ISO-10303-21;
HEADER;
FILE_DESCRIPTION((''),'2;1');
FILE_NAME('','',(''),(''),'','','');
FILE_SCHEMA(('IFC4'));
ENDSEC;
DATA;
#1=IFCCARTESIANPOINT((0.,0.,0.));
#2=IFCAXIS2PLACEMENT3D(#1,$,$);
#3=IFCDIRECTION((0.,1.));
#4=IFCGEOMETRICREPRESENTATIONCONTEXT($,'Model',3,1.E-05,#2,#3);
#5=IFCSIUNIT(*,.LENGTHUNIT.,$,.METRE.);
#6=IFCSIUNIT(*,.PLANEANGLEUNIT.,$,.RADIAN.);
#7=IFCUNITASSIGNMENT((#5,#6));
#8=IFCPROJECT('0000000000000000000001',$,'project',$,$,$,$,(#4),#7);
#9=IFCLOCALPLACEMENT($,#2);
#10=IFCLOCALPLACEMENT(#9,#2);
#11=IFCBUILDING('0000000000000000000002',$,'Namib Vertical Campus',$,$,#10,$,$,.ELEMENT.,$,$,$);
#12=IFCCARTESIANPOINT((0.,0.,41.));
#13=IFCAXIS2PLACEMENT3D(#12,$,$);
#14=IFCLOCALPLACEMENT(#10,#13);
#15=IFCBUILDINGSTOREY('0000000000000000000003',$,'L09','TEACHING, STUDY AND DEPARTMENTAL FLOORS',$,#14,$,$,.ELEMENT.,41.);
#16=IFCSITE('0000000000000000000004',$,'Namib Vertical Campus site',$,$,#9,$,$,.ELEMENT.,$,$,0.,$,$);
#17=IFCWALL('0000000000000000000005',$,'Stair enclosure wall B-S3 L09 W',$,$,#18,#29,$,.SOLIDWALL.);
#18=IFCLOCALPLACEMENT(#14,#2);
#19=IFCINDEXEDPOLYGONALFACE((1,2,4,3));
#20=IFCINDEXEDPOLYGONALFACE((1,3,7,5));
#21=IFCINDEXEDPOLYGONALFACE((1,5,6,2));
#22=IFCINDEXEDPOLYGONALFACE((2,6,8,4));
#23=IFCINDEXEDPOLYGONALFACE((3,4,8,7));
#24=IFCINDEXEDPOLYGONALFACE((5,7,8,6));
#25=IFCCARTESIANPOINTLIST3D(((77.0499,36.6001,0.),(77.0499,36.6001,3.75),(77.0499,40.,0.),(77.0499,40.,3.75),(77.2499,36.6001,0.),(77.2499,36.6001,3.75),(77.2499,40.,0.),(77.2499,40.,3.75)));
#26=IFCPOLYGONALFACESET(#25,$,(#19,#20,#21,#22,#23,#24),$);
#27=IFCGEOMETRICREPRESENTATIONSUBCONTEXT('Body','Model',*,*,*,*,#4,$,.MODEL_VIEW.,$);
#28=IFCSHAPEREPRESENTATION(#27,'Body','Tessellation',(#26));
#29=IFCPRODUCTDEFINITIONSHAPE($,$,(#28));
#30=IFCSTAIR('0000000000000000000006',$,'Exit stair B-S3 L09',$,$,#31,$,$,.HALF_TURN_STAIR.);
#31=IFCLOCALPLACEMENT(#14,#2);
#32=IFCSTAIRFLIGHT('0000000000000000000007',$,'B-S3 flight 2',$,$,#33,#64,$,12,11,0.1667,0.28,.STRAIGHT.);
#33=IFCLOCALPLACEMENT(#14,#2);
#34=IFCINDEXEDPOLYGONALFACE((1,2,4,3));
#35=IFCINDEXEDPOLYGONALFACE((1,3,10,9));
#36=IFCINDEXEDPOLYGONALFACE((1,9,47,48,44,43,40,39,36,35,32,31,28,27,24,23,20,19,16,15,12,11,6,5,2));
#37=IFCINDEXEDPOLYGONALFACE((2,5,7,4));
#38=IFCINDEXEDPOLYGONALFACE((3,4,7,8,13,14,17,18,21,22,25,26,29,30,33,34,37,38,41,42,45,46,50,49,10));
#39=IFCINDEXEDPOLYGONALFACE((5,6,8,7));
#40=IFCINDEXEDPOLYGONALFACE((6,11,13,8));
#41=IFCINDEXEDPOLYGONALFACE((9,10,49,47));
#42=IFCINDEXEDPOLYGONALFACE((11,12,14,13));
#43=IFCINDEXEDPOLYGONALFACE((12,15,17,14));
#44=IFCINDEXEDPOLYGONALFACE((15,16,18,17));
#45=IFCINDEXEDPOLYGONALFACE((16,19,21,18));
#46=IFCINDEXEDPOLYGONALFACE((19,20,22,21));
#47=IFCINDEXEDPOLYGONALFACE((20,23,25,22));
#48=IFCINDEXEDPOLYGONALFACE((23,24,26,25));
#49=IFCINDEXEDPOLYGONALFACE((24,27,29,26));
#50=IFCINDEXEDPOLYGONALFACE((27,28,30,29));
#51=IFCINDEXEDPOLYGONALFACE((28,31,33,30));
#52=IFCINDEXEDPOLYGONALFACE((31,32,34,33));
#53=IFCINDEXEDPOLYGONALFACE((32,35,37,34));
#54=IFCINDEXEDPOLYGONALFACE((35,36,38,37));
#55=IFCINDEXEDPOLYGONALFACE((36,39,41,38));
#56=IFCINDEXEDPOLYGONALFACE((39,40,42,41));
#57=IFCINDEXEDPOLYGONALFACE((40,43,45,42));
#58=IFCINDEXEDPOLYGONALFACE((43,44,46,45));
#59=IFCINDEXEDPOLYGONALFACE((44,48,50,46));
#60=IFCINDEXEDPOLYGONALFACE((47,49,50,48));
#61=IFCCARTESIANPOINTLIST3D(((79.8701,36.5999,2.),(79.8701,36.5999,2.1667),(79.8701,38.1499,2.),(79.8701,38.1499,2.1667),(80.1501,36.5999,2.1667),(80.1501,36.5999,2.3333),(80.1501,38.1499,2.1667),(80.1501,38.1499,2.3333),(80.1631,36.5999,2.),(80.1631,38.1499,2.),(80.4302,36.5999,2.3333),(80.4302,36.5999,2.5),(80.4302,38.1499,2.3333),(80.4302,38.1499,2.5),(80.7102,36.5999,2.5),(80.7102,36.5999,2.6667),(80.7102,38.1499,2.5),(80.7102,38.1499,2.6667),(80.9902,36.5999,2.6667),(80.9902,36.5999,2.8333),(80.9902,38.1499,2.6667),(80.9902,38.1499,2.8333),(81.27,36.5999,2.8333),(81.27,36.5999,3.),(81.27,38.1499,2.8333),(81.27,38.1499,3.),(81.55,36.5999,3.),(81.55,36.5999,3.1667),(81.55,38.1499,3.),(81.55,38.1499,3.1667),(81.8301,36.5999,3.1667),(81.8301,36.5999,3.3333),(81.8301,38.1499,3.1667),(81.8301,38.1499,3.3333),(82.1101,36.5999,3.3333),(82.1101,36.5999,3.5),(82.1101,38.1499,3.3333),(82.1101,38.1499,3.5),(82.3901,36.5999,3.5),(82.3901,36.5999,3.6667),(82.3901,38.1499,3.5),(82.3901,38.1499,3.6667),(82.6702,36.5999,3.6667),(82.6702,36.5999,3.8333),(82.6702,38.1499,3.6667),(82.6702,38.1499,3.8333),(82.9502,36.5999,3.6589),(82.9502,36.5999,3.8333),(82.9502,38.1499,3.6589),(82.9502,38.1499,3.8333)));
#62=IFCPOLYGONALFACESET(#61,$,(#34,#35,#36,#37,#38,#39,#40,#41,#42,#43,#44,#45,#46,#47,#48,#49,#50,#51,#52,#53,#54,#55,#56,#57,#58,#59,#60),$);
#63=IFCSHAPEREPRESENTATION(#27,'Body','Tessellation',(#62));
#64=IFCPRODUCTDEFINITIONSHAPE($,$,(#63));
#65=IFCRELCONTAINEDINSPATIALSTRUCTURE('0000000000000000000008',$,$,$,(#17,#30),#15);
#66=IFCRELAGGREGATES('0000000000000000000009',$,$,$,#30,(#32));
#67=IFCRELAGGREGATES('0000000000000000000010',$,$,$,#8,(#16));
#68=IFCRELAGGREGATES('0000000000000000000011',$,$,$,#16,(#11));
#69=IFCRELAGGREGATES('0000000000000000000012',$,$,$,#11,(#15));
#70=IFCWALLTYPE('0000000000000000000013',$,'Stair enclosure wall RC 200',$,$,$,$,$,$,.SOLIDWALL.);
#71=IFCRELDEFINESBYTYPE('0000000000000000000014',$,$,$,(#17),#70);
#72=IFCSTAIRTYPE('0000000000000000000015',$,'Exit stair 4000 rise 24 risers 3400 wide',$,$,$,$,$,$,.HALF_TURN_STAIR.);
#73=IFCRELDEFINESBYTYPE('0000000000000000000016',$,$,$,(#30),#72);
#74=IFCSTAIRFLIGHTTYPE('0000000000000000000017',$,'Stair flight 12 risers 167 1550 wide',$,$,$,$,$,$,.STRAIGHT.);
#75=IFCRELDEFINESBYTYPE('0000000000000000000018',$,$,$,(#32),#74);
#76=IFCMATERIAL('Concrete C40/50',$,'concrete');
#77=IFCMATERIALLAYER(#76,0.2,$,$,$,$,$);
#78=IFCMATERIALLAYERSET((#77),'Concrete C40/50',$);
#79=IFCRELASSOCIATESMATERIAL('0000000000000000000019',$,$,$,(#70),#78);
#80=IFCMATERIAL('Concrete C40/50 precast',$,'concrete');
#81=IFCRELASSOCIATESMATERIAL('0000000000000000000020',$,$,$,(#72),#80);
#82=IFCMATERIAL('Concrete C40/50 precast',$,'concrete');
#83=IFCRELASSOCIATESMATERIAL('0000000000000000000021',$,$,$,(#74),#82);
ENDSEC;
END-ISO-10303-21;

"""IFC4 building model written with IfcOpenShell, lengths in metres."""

from ifc_helpers import new_model, si_unit, direction, frame, frame_2d, origin, place, context, subcontext, project, spatial, polyline, rectangle, outline, extrude, material, layer, layer_set, type_object, element, aggregate, save


model = new_model("IFC4")

# Units and contexts
model_context = context("Model", 3, precision=1e-05, world=origin(), true_north=direction((0.0, 1.0)))
body_context = subcontext(model_context, "Body", "Model", "MODEL_VIEW")
ifc_project = project(units=[si_unit("LENGTHUNIT", "METRE"), si_unit("PLANEANGLEUNIT", "RADIAN")], contexts=[model_context])

# Site, building, storey
site_placement = place(None, origin())
site = spatial("IfcSite", under=ifc_project, at=site_placement, Name="Namib Vertical Campus site", CompositionType="ELEMENT", RefElevation=0.0)
building_placement = place(site_placement, origin())
building = spatial("IfcBuilding", under=site, at=building_placement, Name="Namib Vertical Campus", CompositionType="ELEMENT")
storey_placement = place(building_placement, frame((0.0, 0.0, 41.0)))
storey = spatial("IfcBuildingStorey", under=building, at=storey_placement, Name="L09", Description="TEACHING, STUDY AND DEPARTMENTAL FLOORS", CompositionType="ELEMENT", Elevation=41.0)

# Shared definitions
ifc_material_1 = material(Name="Concrete C40/50", Category="concrete")
ifc_layer_1 = layer(ifc_material_1, 0.2)
ifc_layer_set_1 = layer_set([ifc_layer_1], Name="Concrete C40/50")
wall_type_1 = type_object("IfcWallType", Name="Stair enclosure wall RC 200", PredefinedType="SOLIDWALL", material=ifc_layer_set_1)

# Wall
wall_1_placement = place(storey_placement, frame((77.1499, 36.6001, 0.0), z_axis=(0.0, 0.0, 1.0), x_axis=(0.0, 1.0, 0.0)))
element("IfcWall", 1, at=wall_1_placement, inside=storey, type_object=wall_type_1, Name="Stair enclosure wall B-S3 L09 W", PredefinedType="SOLIDWALL", context=body_context, shape_type="SweptSolid", body=[
    extrude(rectangle(XDim=3.3999, YDim=0.2, at=frame_2d((1.7, 0.0))), origin(), (0.0, 0.0, 1.0), 3.75),
])

# Stair, stair flight
ifc_material_2 = material(Name="Concrete C40/50 precast", Category="concrete")
stair_type = type_object("IfcStairType", Name="Exit stair 4000 rise 24 risers 3400 wide", PredefinedType="HALF_TURN_STAIR", material=ifc_material_2)
stair_placement = place(storey_placement, origin())
stair = element("IfcStair", 2, at=stair_placement, inside=storey, type_object=stair_type, Name="Exit stair B-S3 L09", PredefinedType="HALF_TURN_STAIR")
ifc_material_3 = material(Name="Concrete C40/50 precast", Category="concrete")
stair_flight_type = type_object("IfcStairFlightType", Name="Stair flight 12 risers 167 1550 wide", PredefinedType="STRAIGHT", material=ifc_material_3)
stair_flight_placement = place(storey_placement, frame((79.8701, 37.375, 2.0), z_axis=(0.0, 0.0, 1.0), x_axis=(1.0, 0.0, 0.0)))
stair_flight = element("IfcStairFlight", 3, at=stair_flight_placement, type_object=stair_flight_type, Name="B-S3 flight 2", NumberOfRisers=12, NumberOfTreads=11, PredefinedType="STRAIGHT", RiserHeight=0.1667, TreadLength=0.28, context=body_context, shape_type="SweptSolid", body=[
    extrude(outline(polyline([(0.0, 0.0), (0.0, 0.1667), (0.28, 0.1667), (0.28, 0.3333), (0.5601, 0.3333), (0.5601, 0.5), (0.8401, 0.5), (0.8401, 0.6667), (1.1201, 0.6667), (1.1201, 0.8333), (1.3999, 0.8333), (1.3999, 1.0), (1.6799, 1.0), (1.6799, 1.1667), (1.96, 1.1667), (1.96, 1.3333), (2.24, 1.3333), (2.24, 1.5), (2.52, 1.5), (2.52, 1.6667), (2.8, 1.6667), (2.8, 1.8333), (3.0801, 1.8333), (3.0801, 2.0), (3.0801, 1.6589), (0.293, 0.0), (0.0, 0.0)])), frame((0.0, 0.7749, 0.0), z_axis=(0.0, -1.0, 0.0), x_axis=(1.0, 0.0, 0.0)), (0.0, 0.0, 1.0), 1.55),
])
aggregate(stair, [stair_flight])

save(model, "model.ifc")
